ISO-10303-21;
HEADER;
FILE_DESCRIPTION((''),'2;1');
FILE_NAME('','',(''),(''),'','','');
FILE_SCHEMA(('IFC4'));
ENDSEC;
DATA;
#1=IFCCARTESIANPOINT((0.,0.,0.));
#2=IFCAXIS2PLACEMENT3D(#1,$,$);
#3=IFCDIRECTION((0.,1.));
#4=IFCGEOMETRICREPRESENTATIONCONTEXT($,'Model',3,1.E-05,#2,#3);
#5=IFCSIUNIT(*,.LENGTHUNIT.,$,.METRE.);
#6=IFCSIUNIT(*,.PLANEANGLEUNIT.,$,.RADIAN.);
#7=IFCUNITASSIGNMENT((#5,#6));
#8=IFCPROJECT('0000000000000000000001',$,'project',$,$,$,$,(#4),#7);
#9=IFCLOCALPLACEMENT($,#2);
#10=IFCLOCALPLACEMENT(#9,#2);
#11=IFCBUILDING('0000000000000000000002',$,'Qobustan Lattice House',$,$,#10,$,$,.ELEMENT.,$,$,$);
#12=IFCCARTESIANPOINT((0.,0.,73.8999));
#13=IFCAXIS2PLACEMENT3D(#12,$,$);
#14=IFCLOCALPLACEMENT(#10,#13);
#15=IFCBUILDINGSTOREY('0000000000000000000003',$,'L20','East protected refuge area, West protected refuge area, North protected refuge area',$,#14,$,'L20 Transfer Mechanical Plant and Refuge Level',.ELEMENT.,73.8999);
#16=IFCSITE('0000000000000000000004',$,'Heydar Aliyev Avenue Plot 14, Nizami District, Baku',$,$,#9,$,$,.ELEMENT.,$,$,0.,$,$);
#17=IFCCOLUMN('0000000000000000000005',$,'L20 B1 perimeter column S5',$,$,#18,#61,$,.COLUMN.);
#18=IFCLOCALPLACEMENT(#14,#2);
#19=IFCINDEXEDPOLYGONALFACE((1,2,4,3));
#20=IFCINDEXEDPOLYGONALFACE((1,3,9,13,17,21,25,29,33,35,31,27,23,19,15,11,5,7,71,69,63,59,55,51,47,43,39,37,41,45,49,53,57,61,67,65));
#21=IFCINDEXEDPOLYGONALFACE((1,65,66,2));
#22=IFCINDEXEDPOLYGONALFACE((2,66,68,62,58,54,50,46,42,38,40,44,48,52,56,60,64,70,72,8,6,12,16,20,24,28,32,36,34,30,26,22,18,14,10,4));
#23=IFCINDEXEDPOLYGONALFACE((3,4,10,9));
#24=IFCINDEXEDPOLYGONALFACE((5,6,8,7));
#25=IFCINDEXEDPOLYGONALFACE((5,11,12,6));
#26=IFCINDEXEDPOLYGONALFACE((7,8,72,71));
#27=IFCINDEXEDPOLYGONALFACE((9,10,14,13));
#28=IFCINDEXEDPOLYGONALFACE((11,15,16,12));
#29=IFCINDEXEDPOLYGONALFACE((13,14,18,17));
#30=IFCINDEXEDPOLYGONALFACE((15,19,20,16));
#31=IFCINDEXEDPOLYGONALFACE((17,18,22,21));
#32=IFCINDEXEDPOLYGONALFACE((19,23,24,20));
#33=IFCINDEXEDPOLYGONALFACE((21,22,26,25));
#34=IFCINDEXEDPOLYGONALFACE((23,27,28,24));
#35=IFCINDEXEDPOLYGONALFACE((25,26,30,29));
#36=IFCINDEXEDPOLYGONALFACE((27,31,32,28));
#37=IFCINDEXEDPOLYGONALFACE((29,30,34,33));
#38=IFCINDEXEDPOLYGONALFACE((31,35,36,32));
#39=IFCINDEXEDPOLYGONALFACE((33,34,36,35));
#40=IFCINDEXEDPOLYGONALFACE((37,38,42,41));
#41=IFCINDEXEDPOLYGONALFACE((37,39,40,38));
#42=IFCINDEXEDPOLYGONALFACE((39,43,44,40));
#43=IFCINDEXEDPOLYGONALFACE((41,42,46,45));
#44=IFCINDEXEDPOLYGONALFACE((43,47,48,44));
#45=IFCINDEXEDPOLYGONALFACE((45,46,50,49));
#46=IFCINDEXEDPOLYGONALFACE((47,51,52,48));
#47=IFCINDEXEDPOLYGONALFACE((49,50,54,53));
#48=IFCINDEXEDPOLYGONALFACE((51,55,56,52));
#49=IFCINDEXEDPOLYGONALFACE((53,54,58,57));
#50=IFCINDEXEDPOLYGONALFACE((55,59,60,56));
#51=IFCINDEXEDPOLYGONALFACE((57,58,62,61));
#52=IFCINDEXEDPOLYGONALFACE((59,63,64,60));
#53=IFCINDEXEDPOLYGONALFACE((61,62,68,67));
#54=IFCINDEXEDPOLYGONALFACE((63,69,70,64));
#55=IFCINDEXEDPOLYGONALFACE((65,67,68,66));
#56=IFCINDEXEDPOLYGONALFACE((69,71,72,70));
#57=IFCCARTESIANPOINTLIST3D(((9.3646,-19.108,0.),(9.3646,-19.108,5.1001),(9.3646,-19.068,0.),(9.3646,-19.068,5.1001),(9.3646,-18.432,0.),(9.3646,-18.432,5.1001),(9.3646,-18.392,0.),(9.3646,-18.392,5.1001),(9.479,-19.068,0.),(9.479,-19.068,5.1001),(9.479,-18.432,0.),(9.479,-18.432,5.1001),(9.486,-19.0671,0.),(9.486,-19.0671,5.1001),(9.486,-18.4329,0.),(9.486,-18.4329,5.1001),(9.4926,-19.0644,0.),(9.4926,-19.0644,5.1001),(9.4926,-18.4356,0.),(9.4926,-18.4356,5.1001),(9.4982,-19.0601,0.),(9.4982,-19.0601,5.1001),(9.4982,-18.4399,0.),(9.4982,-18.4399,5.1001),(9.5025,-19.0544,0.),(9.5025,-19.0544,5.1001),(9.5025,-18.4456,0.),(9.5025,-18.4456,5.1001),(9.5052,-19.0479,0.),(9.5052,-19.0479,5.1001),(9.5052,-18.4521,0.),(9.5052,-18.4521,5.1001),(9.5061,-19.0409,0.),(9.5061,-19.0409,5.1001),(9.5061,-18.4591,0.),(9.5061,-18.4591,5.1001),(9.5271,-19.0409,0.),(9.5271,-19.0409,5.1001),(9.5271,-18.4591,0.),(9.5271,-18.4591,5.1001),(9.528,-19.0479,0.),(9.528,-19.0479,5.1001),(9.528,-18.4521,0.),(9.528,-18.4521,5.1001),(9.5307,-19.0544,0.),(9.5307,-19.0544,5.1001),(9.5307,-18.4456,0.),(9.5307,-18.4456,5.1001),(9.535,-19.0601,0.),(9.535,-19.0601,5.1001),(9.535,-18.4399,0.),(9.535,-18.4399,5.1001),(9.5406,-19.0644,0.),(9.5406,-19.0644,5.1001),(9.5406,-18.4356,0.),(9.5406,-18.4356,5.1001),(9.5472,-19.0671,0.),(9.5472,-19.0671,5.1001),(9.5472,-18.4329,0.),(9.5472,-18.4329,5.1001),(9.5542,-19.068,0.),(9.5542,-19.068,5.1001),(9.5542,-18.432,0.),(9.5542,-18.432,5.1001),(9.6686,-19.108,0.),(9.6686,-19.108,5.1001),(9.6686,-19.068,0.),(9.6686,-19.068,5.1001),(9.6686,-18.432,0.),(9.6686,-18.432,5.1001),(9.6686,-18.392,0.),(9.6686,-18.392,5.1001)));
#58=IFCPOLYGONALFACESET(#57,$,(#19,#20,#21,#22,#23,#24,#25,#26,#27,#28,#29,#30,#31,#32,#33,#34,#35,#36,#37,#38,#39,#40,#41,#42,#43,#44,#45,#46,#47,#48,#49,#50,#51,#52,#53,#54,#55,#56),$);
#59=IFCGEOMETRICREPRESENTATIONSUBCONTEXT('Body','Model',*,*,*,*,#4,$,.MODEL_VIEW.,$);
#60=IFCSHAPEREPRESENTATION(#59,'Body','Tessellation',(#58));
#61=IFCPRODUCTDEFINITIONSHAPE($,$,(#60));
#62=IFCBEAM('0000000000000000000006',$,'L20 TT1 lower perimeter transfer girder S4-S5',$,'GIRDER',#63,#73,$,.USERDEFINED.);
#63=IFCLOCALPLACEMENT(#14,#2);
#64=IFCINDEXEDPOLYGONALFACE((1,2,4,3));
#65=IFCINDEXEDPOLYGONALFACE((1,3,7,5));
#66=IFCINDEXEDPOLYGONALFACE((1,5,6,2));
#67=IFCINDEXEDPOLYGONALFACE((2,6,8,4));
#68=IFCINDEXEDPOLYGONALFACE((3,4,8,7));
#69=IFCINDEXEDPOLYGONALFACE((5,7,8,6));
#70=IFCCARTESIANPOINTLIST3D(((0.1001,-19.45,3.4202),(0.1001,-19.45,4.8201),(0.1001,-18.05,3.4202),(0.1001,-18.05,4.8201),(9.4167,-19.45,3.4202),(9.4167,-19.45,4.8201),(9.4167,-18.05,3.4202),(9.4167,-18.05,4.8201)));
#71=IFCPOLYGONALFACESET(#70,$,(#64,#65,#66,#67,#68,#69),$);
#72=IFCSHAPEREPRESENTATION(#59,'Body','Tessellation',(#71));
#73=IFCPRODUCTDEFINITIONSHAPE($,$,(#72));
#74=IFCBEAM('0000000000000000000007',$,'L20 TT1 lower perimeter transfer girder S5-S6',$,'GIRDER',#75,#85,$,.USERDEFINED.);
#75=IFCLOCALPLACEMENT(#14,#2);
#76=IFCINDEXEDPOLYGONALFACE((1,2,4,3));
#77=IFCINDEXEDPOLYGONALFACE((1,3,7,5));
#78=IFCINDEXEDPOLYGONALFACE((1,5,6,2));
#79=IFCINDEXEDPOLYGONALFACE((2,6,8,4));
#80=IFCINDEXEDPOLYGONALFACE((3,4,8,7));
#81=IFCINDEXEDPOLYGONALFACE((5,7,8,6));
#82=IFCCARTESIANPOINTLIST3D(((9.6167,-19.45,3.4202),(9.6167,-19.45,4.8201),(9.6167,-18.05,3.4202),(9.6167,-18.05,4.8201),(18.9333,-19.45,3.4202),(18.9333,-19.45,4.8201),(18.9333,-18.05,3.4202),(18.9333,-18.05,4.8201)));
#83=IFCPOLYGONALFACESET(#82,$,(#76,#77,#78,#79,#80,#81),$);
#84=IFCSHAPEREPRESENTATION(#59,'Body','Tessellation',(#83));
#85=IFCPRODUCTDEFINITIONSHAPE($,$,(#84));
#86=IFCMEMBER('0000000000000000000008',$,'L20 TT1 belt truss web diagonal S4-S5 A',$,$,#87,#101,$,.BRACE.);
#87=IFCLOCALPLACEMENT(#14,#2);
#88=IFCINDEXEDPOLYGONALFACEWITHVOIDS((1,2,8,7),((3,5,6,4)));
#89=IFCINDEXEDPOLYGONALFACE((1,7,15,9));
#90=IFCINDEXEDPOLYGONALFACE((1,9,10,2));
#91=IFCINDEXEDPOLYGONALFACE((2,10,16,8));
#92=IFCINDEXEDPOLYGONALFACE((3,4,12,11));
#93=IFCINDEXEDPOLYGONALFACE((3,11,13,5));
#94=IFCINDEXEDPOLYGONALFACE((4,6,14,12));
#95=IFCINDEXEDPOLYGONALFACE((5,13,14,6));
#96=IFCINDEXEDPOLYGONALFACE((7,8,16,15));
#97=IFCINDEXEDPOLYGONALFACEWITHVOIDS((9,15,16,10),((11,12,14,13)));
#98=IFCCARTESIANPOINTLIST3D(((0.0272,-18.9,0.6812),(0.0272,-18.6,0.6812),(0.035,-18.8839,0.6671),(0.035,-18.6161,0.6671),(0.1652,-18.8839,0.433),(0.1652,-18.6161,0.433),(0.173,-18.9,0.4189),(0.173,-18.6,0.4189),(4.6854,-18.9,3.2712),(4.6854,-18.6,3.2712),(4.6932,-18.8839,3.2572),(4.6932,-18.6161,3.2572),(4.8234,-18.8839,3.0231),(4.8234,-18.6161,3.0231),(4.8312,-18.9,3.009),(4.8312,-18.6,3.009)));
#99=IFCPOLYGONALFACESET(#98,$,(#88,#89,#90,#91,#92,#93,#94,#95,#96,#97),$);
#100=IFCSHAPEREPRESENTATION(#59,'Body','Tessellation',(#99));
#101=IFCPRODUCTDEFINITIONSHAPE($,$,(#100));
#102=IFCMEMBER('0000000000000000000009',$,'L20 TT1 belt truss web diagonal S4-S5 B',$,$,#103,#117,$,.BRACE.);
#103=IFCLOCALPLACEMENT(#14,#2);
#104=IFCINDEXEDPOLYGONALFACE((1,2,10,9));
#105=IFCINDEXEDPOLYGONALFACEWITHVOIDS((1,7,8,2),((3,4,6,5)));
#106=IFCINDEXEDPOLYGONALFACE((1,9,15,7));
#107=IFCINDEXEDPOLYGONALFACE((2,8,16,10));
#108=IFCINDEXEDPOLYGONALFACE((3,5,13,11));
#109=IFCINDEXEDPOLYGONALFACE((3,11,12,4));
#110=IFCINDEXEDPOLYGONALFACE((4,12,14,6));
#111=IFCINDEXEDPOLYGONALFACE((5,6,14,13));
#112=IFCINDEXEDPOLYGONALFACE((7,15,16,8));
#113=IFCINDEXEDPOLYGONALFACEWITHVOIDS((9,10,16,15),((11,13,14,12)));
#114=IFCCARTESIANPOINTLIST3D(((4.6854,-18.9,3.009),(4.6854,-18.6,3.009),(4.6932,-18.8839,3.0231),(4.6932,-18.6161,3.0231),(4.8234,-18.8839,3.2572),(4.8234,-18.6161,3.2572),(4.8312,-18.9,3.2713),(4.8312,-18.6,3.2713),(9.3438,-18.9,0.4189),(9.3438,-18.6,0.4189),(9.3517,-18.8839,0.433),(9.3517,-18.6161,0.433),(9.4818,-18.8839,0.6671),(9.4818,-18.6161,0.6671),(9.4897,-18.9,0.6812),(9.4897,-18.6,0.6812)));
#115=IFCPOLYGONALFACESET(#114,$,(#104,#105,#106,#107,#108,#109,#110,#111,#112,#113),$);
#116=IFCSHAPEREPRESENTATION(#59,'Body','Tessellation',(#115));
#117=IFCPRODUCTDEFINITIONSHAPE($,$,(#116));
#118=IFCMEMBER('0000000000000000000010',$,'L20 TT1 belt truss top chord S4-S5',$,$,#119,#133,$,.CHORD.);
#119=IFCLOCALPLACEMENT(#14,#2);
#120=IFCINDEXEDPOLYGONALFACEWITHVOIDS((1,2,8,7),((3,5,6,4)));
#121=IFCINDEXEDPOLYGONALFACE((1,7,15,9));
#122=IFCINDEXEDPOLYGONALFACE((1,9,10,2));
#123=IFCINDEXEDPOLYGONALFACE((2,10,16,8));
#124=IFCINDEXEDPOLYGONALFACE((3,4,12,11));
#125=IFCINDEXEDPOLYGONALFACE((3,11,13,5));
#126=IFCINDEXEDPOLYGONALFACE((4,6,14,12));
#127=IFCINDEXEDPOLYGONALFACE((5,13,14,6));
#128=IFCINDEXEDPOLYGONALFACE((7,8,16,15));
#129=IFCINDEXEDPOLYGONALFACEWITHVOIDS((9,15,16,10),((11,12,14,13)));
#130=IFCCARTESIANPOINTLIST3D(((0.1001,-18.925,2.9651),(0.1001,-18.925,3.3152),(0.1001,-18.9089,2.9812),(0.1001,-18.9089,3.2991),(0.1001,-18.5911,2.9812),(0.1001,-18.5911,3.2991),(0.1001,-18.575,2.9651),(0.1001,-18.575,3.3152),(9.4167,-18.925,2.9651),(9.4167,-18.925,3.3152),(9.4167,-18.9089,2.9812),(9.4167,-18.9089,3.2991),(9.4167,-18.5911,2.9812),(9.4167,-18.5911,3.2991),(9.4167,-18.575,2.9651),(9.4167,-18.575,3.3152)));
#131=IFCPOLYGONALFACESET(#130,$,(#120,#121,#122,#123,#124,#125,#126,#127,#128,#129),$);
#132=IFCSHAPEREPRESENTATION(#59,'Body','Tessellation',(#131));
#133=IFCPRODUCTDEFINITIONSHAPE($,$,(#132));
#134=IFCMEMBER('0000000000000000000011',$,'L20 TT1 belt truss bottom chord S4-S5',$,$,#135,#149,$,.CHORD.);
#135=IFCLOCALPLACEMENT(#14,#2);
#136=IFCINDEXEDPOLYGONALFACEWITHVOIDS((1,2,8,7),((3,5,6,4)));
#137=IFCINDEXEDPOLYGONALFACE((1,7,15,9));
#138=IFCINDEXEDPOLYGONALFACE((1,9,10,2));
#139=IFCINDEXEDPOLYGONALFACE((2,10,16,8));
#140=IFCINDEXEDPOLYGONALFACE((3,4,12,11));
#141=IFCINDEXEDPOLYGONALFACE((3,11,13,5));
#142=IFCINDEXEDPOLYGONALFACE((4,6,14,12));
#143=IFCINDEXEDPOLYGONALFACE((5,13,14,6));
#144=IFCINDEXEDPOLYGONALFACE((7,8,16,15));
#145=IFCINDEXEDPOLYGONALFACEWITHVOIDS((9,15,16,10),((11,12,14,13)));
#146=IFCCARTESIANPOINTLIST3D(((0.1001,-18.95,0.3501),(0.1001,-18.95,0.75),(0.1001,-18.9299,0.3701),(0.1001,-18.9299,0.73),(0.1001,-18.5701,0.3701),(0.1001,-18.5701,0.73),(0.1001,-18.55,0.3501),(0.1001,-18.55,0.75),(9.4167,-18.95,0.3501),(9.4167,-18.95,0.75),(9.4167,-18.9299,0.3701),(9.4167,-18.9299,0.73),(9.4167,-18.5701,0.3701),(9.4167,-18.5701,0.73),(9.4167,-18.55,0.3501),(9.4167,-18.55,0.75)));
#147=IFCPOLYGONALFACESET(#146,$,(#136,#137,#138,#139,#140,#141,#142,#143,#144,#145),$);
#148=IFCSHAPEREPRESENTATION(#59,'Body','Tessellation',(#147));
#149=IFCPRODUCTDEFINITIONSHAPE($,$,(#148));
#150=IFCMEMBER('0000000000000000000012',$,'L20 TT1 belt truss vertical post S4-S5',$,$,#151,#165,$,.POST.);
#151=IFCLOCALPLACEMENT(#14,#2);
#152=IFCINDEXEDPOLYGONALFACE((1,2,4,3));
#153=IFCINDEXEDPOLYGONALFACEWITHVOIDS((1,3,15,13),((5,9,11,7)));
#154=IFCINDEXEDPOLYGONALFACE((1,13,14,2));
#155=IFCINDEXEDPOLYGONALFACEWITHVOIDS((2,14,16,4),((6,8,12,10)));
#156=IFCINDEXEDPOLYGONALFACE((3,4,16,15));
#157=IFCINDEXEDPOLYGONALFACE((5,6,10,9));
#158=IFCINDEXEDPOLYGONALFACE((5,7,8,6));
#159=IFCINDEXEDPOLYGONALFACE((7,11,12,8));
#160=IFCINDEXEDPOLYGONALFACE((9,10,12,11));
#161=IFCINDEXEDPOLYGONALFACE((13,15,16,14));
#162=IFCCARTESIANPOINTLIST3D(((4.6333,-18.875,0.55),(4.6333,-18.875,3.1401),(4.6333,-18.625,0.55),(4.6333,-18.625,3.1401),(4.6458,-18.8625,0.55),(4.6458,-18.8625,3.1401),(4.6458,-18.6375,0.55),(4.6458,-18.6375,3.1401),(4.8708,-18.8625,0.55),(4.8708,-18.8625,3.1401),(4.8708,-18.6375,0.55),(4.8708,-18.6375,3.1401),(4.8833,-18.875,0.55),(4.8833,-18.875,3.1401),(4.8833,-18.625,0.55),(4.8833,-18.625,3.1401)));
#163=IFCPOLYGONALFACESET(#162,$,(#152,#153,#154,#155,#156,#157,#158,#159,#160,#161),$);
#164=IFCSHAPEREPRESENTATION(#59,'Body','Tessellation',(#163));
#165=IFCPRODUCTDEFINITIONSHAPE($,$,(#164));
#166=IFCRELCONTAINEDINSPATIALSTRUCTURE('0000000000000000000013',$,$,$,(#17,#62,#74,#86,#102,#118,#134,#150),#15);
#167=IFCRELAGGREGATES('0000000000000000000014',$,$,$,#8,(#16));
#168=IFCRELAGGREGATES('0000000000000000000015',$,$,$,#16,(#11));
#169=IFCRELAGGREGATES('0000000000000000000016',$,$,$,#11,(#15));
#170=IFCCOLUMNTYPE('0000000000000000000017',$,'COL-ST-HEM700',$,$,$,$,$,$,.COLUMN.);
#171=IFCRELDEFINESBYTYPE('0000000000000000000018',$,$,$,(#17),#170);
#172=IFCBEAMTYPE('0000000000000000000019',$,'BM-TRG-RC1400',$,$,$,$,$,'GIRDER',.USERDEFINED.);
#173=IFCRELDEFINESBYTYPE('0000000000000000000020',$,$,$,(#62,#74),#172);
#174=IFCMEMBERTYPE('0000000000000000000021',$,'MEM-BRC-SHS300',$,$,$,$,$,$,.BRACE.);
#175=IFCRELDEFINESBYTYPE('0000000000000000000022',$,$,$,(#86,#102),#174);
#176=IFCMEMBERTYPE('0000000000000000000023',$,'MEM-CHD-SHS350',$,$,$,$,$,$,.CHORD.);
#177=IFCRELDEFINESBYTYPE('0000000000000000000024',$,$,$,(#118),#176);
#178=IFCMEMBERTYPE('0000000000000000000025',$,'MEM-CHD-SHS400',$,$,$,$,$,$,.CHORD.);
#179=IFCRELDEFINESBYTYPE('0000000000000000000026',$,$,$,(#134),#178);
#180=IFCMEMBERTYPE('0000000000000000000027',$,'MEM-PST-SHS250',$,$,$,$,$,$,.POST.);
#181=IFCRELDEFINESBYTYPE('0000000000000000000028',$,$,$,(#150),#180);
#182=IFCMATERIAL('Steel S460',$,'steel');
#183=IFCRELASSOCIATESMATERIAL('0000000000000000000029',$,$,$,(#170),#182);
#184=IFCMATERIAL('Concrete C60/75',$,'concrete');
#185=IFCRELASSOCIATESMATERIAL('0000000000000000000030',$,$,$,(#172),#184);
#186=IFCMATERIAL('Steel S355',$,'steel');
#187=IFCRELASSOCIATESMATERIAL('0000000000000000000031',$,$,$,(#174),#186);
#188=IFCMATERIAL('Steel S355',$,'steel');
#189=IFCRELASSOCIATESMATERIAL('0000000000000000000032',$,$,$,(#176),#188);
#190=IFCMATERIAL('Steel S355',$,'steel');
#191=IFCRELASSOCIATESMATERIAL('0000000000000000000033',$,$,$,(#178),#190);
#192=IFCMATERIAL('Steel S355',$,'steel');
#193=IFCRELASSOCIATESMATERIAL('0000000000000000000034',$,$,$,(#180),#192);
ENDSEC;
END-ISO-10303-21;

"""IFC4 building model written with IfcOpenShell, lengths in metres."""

from ifc_helpers import new_model, si_unit, direction, frame, origin, origin_2d, place, context, subcontext, project, spatial, rectangle, hollow_rectangle, i_section, extrude, material, material_profile, profile_set, type_object, element, save


model = new_model("IFC4")

# Units and contexts
model_context = context("Model", 3, precision=1e-05, world=origin(), true_north=direction((0.0, 1.0)))
body_context = subcontext(model_context, "Body", "Model", "MODEL_VIEW")
ifc_project = project(units=[si_unit("LENGTHUNIT", "METRE"), si_unit("PLANEANGLEUNIT", "RADIAN")], contexts=[model_context])

# Site, building, storey
site_placement = place(None, origin())
site = spatial("IfcSite", under=ifc_project, at=site_placement, Name="Heydar Aliyev Avenue Plot 14, Nizami District, Baku", CompositionType="ELEMENT", RefElevation=0.0)
building_placement = place(site_placement, origin())
building = spatial("IfcBuilding", under=site, at=building_placement, Name="Qobustan Lattice House", CompositionType="ELEMENT")
storey_placement = place(building_placement, frame((0.0, 0.0, 73.8999)))
storey = spatial("IfcBuildingStorey", under=building, at=storey_placement, Name="L20", Description="East protected refuge area, West protected refuge area, North protected refuge area", LongName="L20 Transfer Mechanical Plant and Refuge Level", CompositionType="ELEMENT", Elevation=73.8999)

# Column
ifc_material_1 = material(Name="Steel S460", Category="steel")
ifc_material_profile_1 = material_profile(ifc_material_1, i_section(OverallWidth=0.304, OverallDepth=0.7161, WebThickness=0.021, FlangeThickness=0.04, FilletRadius=0.0271, at=origin_2d()), Name="HEM700")
ifc_profile_set_1 = profile_set([ifc_material_profile_1], Name="Steel S460")
column_type = type_object("IfcColumnType", Name="COL-ST-HEM700", PredefinedType="COLUMN", material=ifc_profile_set_1)
column_placement = place(storey_placement, frame((9.5166, -18.75, 0.0), z_axis=(0.0, 0.0, 1.0), x_axis=(1.0, 0.0, 0.0)))
element("IfcColumn", 1, at=column_placement, inside=storey, type_object=column_type, Name="L20 B1 perimeter column S5", PredefinedType="COLUMN", context=body_context, shape_type="SweptSolid", body=[
    extrude(i_section(OverallWidth=0.304, OverallDepth=0.7161, WebThickness=0.021, FlangeThickness=0.04, FilletRadius=0.0271, at=origin_2d()), origin(), (0.0, 0.0, 1.0), 5.1001),
])

# Beams
ifc_material_2 = material(Name="Concrete C60/75", Category="concrete")
ifc_material_profile_2 = material_profile(ifc_material_2, rectangle(XDim=1.3999, YDim=1.3999, at=origin_2d()), Name="RC1400x1400")
ifc_profile_set_2 = profile_set([ifc_material_profile_2], Name="Concrete C60/75")
beam_type = type_object("IfcBeamType", Name="BM-TRG-RC1400", ElementType="GIRDER", PredefinedType="USERDEFINED", material=ifc_profile_set_2)
for number, where, z_axis, x_axis, name in (
    (2, (0.1001, -18.75, 4.1201), (1.0, 0.0, 0.0), (0.0, 1.0, 0.0), "L20 TT1 lower perimeter transfer girder S4-S5"),
    (3, (9.6167, -18.75, 4.1201), (1.0, 0.0, 0.0), (0.0, 1.0, 0.0), "L20 TT1 lower perimeter transfer girder S5-S6"),
):
    element("IfcBeam", number, at=place(storey_placement, frame(where, z_axis=z_axis, x_axis=x_axis)), inside=storey, type_object=beam_type, Name=name, ObjectType="GIRDER", PredefinedType="USERDEFINED", context=body_context, shape_type="SweptSolid", body=[
        extrude(rectangle(XDim=1.3999, YDim=1.3999, at=origin_2d()), origin(), (0.0, 0.0, 1.0), 9.3167),
    ])

# Members
ifc_material_3 = material(Name="Steel S355", Category="steel")
ifc_material_profile_3 = material_profile(ifc_material_3, hollow_rectangle(XDim=0.3, YDim=0.3, WallThickness=0.0161, at=origin_2d()), Name="SHS300x300x16")
ifc_profile_set_3 = profile_set([ifc_material_profile_3], Name="Steel S355")
member_type_1 = type_object("IfcMemberType", Name="MEM-BRC-SHS300", PredefinedType="BRACE", material=ifc_profile_set_3)
member_1_placement = place(storey_placement, frame((0.1001, -18.75, 0.55), z_axis=(0.873982, 0.0, 0.485958), x_axis=(0.0, 1.0, 0.0)))
element("IfcMember", 4, at=member_1_placement, inside=storey, type_object=member_type_1, Name="L20 TT1 belt truss web diagonal S4-S5 A", PredefinedType="BRACE", context=body_context, shape_type="SweptSolid", body=[
    extrude(hollow_rectangle(XDim=0.3, YDim=0.3, WallThickness=0.0161, at=origin_2d()), origin(), (0.0, 0.0, 1.0), 5.3298),
])
member_2_placement = place(storey_placement, frame((4.7583, -18.75, 3.1401), z_axis=(0.873993, 0.0, -0.485938), x_axis=(0.0, 1.0, 0.0)))
element("IfcMember", 5, at=member_2_placement, inside=storey, type_object=member_type_1, Name="L20 TT1 belt truss web diagonal S4-S5 B", PredefinedType="BRACE", context=body_context, shape_type="SweptSolid", body=[
    extrude(hollow_rectangle(XDim=0.3, YDim=0.3, WallThickness=0.0161, at=origin_2d()), origin(), (0.0, 0.0, 1.0), 5.3301),
])
ifc_material_4 = material(Name="Steel S355", Category="steel")
ifc_material_profile_4 = material_profile(ifc_material_4, hollow_rectangle(XDim=0.3501, YDim=0.3501, WallThickness=0.0161, at=origin_2d()), Name="SHS350x350x16")
ifc_profile_set_4 = profile_set([ifc_material_profile_4], Name="Steel S355")
member_type_2 = type_object("IfcMemberType", Name="MEM-CHD-SHS350", PredefinedType="CHORD", material=ifc_profile_set_4)
member_3_placement = place(storey_placement, frame((0.1001, -18.75, 3.1401), z_axis=(1.0, 0.0, 0.0), x_axis=(0.0, 1.0, 0.0)))
element("IfcMember", 6, at=member_3_placement, inside=storey, type_object=member_type_2, Name="L20 TT1 belt truss top chord S4-S5", PredefinedType="CHORD", context=body_context, shape_type="SweptSolid", body=[
    extrude(hollow_rectangle(XDim=0.3501, YDim=0.3501, WallThickness=0.0161, at=origin_2d()), origin(), (0.0, 0.0, 1.0), 9.3167),
])
ifc_material_5 = material(Name="Steel S355", Category="steel")
ifc_material_profile_5 = material_profile(ifc_material_5, hollow_rectangle(XDim=0.3999, YDim=0.3999, WallThickness=0.02, at=origin_2d()), Name="SHS400x400x20")
ifc_profile_set_5 = profile_set([ifc_material_profile_5], Name="Steel S355")
member_type_3 = type_object("IfcMemberType", Name="MEM-CHD-SHS400", PredefinedType="CHORD", material=ifc_profile_set_5)
member_4_placement = place(storey_placement, frame((0.1001, -18.75, 0.55), z_axis=(1.0, 0.0, 0.0), x_axis=(0.0, 1.0, 0.0)))
element("IfcMember", 7, at=member_4_placement, inside=storey, type_object=member_type_3, Name="L20 TT1 belt truss bottom chord S4-S5", PredefinedType="CHORD", context=body_context, shape_type="SweptSolid", body=[
    extrude(hollow_rectangle(XDim=0.3999, YDim=0.3999, WallThickness=0.02, at=origin_2d()), origin(), (0.0, 0.0, 1.0), 9.3167),
])
ifc_material_6 = material(Name="Steel S355", Category="steel")
ifc_material_profile_6 = material_profile(ifc_material_6, hollow_rectangle(XDim=0.25, YDim=0.25, WallThickness=0.0125, at=origin_2d()), Name="SHS250x250x12.5")
ifc_profile_set_6 = profile_set([ifc_material_profile_6], Name="Steel S355")
member_type_4 = type_object("IfcMemberType", Name="MEM-PST-SHS250", PredefinedType="POST", material=ifc_profile_set_6)
member_5_placement = place(storey_placement, frame((4.7583, -18.75, 0.55), z_axis=(0.0, 0.0, 1.0), x_axis=(1.0, 0.0, 0.0)))
element("IfcMember", 8, at=member_5_placement, inside=storey, type_object=member_type_4, Name="L20 TT1 belt truss vertical post S4-S5", PredefinedType="POST", context=body_context, shape_type="SweptSolid", body=[
    extrude(hollow_rectangle(XDim=0.25, YDim=0.25, WallThickness=0.0125, at=origin_2d()), origin(), (0.0, 0.0, 1.0), 2.5901),
])

save(model, "model.ifc")
